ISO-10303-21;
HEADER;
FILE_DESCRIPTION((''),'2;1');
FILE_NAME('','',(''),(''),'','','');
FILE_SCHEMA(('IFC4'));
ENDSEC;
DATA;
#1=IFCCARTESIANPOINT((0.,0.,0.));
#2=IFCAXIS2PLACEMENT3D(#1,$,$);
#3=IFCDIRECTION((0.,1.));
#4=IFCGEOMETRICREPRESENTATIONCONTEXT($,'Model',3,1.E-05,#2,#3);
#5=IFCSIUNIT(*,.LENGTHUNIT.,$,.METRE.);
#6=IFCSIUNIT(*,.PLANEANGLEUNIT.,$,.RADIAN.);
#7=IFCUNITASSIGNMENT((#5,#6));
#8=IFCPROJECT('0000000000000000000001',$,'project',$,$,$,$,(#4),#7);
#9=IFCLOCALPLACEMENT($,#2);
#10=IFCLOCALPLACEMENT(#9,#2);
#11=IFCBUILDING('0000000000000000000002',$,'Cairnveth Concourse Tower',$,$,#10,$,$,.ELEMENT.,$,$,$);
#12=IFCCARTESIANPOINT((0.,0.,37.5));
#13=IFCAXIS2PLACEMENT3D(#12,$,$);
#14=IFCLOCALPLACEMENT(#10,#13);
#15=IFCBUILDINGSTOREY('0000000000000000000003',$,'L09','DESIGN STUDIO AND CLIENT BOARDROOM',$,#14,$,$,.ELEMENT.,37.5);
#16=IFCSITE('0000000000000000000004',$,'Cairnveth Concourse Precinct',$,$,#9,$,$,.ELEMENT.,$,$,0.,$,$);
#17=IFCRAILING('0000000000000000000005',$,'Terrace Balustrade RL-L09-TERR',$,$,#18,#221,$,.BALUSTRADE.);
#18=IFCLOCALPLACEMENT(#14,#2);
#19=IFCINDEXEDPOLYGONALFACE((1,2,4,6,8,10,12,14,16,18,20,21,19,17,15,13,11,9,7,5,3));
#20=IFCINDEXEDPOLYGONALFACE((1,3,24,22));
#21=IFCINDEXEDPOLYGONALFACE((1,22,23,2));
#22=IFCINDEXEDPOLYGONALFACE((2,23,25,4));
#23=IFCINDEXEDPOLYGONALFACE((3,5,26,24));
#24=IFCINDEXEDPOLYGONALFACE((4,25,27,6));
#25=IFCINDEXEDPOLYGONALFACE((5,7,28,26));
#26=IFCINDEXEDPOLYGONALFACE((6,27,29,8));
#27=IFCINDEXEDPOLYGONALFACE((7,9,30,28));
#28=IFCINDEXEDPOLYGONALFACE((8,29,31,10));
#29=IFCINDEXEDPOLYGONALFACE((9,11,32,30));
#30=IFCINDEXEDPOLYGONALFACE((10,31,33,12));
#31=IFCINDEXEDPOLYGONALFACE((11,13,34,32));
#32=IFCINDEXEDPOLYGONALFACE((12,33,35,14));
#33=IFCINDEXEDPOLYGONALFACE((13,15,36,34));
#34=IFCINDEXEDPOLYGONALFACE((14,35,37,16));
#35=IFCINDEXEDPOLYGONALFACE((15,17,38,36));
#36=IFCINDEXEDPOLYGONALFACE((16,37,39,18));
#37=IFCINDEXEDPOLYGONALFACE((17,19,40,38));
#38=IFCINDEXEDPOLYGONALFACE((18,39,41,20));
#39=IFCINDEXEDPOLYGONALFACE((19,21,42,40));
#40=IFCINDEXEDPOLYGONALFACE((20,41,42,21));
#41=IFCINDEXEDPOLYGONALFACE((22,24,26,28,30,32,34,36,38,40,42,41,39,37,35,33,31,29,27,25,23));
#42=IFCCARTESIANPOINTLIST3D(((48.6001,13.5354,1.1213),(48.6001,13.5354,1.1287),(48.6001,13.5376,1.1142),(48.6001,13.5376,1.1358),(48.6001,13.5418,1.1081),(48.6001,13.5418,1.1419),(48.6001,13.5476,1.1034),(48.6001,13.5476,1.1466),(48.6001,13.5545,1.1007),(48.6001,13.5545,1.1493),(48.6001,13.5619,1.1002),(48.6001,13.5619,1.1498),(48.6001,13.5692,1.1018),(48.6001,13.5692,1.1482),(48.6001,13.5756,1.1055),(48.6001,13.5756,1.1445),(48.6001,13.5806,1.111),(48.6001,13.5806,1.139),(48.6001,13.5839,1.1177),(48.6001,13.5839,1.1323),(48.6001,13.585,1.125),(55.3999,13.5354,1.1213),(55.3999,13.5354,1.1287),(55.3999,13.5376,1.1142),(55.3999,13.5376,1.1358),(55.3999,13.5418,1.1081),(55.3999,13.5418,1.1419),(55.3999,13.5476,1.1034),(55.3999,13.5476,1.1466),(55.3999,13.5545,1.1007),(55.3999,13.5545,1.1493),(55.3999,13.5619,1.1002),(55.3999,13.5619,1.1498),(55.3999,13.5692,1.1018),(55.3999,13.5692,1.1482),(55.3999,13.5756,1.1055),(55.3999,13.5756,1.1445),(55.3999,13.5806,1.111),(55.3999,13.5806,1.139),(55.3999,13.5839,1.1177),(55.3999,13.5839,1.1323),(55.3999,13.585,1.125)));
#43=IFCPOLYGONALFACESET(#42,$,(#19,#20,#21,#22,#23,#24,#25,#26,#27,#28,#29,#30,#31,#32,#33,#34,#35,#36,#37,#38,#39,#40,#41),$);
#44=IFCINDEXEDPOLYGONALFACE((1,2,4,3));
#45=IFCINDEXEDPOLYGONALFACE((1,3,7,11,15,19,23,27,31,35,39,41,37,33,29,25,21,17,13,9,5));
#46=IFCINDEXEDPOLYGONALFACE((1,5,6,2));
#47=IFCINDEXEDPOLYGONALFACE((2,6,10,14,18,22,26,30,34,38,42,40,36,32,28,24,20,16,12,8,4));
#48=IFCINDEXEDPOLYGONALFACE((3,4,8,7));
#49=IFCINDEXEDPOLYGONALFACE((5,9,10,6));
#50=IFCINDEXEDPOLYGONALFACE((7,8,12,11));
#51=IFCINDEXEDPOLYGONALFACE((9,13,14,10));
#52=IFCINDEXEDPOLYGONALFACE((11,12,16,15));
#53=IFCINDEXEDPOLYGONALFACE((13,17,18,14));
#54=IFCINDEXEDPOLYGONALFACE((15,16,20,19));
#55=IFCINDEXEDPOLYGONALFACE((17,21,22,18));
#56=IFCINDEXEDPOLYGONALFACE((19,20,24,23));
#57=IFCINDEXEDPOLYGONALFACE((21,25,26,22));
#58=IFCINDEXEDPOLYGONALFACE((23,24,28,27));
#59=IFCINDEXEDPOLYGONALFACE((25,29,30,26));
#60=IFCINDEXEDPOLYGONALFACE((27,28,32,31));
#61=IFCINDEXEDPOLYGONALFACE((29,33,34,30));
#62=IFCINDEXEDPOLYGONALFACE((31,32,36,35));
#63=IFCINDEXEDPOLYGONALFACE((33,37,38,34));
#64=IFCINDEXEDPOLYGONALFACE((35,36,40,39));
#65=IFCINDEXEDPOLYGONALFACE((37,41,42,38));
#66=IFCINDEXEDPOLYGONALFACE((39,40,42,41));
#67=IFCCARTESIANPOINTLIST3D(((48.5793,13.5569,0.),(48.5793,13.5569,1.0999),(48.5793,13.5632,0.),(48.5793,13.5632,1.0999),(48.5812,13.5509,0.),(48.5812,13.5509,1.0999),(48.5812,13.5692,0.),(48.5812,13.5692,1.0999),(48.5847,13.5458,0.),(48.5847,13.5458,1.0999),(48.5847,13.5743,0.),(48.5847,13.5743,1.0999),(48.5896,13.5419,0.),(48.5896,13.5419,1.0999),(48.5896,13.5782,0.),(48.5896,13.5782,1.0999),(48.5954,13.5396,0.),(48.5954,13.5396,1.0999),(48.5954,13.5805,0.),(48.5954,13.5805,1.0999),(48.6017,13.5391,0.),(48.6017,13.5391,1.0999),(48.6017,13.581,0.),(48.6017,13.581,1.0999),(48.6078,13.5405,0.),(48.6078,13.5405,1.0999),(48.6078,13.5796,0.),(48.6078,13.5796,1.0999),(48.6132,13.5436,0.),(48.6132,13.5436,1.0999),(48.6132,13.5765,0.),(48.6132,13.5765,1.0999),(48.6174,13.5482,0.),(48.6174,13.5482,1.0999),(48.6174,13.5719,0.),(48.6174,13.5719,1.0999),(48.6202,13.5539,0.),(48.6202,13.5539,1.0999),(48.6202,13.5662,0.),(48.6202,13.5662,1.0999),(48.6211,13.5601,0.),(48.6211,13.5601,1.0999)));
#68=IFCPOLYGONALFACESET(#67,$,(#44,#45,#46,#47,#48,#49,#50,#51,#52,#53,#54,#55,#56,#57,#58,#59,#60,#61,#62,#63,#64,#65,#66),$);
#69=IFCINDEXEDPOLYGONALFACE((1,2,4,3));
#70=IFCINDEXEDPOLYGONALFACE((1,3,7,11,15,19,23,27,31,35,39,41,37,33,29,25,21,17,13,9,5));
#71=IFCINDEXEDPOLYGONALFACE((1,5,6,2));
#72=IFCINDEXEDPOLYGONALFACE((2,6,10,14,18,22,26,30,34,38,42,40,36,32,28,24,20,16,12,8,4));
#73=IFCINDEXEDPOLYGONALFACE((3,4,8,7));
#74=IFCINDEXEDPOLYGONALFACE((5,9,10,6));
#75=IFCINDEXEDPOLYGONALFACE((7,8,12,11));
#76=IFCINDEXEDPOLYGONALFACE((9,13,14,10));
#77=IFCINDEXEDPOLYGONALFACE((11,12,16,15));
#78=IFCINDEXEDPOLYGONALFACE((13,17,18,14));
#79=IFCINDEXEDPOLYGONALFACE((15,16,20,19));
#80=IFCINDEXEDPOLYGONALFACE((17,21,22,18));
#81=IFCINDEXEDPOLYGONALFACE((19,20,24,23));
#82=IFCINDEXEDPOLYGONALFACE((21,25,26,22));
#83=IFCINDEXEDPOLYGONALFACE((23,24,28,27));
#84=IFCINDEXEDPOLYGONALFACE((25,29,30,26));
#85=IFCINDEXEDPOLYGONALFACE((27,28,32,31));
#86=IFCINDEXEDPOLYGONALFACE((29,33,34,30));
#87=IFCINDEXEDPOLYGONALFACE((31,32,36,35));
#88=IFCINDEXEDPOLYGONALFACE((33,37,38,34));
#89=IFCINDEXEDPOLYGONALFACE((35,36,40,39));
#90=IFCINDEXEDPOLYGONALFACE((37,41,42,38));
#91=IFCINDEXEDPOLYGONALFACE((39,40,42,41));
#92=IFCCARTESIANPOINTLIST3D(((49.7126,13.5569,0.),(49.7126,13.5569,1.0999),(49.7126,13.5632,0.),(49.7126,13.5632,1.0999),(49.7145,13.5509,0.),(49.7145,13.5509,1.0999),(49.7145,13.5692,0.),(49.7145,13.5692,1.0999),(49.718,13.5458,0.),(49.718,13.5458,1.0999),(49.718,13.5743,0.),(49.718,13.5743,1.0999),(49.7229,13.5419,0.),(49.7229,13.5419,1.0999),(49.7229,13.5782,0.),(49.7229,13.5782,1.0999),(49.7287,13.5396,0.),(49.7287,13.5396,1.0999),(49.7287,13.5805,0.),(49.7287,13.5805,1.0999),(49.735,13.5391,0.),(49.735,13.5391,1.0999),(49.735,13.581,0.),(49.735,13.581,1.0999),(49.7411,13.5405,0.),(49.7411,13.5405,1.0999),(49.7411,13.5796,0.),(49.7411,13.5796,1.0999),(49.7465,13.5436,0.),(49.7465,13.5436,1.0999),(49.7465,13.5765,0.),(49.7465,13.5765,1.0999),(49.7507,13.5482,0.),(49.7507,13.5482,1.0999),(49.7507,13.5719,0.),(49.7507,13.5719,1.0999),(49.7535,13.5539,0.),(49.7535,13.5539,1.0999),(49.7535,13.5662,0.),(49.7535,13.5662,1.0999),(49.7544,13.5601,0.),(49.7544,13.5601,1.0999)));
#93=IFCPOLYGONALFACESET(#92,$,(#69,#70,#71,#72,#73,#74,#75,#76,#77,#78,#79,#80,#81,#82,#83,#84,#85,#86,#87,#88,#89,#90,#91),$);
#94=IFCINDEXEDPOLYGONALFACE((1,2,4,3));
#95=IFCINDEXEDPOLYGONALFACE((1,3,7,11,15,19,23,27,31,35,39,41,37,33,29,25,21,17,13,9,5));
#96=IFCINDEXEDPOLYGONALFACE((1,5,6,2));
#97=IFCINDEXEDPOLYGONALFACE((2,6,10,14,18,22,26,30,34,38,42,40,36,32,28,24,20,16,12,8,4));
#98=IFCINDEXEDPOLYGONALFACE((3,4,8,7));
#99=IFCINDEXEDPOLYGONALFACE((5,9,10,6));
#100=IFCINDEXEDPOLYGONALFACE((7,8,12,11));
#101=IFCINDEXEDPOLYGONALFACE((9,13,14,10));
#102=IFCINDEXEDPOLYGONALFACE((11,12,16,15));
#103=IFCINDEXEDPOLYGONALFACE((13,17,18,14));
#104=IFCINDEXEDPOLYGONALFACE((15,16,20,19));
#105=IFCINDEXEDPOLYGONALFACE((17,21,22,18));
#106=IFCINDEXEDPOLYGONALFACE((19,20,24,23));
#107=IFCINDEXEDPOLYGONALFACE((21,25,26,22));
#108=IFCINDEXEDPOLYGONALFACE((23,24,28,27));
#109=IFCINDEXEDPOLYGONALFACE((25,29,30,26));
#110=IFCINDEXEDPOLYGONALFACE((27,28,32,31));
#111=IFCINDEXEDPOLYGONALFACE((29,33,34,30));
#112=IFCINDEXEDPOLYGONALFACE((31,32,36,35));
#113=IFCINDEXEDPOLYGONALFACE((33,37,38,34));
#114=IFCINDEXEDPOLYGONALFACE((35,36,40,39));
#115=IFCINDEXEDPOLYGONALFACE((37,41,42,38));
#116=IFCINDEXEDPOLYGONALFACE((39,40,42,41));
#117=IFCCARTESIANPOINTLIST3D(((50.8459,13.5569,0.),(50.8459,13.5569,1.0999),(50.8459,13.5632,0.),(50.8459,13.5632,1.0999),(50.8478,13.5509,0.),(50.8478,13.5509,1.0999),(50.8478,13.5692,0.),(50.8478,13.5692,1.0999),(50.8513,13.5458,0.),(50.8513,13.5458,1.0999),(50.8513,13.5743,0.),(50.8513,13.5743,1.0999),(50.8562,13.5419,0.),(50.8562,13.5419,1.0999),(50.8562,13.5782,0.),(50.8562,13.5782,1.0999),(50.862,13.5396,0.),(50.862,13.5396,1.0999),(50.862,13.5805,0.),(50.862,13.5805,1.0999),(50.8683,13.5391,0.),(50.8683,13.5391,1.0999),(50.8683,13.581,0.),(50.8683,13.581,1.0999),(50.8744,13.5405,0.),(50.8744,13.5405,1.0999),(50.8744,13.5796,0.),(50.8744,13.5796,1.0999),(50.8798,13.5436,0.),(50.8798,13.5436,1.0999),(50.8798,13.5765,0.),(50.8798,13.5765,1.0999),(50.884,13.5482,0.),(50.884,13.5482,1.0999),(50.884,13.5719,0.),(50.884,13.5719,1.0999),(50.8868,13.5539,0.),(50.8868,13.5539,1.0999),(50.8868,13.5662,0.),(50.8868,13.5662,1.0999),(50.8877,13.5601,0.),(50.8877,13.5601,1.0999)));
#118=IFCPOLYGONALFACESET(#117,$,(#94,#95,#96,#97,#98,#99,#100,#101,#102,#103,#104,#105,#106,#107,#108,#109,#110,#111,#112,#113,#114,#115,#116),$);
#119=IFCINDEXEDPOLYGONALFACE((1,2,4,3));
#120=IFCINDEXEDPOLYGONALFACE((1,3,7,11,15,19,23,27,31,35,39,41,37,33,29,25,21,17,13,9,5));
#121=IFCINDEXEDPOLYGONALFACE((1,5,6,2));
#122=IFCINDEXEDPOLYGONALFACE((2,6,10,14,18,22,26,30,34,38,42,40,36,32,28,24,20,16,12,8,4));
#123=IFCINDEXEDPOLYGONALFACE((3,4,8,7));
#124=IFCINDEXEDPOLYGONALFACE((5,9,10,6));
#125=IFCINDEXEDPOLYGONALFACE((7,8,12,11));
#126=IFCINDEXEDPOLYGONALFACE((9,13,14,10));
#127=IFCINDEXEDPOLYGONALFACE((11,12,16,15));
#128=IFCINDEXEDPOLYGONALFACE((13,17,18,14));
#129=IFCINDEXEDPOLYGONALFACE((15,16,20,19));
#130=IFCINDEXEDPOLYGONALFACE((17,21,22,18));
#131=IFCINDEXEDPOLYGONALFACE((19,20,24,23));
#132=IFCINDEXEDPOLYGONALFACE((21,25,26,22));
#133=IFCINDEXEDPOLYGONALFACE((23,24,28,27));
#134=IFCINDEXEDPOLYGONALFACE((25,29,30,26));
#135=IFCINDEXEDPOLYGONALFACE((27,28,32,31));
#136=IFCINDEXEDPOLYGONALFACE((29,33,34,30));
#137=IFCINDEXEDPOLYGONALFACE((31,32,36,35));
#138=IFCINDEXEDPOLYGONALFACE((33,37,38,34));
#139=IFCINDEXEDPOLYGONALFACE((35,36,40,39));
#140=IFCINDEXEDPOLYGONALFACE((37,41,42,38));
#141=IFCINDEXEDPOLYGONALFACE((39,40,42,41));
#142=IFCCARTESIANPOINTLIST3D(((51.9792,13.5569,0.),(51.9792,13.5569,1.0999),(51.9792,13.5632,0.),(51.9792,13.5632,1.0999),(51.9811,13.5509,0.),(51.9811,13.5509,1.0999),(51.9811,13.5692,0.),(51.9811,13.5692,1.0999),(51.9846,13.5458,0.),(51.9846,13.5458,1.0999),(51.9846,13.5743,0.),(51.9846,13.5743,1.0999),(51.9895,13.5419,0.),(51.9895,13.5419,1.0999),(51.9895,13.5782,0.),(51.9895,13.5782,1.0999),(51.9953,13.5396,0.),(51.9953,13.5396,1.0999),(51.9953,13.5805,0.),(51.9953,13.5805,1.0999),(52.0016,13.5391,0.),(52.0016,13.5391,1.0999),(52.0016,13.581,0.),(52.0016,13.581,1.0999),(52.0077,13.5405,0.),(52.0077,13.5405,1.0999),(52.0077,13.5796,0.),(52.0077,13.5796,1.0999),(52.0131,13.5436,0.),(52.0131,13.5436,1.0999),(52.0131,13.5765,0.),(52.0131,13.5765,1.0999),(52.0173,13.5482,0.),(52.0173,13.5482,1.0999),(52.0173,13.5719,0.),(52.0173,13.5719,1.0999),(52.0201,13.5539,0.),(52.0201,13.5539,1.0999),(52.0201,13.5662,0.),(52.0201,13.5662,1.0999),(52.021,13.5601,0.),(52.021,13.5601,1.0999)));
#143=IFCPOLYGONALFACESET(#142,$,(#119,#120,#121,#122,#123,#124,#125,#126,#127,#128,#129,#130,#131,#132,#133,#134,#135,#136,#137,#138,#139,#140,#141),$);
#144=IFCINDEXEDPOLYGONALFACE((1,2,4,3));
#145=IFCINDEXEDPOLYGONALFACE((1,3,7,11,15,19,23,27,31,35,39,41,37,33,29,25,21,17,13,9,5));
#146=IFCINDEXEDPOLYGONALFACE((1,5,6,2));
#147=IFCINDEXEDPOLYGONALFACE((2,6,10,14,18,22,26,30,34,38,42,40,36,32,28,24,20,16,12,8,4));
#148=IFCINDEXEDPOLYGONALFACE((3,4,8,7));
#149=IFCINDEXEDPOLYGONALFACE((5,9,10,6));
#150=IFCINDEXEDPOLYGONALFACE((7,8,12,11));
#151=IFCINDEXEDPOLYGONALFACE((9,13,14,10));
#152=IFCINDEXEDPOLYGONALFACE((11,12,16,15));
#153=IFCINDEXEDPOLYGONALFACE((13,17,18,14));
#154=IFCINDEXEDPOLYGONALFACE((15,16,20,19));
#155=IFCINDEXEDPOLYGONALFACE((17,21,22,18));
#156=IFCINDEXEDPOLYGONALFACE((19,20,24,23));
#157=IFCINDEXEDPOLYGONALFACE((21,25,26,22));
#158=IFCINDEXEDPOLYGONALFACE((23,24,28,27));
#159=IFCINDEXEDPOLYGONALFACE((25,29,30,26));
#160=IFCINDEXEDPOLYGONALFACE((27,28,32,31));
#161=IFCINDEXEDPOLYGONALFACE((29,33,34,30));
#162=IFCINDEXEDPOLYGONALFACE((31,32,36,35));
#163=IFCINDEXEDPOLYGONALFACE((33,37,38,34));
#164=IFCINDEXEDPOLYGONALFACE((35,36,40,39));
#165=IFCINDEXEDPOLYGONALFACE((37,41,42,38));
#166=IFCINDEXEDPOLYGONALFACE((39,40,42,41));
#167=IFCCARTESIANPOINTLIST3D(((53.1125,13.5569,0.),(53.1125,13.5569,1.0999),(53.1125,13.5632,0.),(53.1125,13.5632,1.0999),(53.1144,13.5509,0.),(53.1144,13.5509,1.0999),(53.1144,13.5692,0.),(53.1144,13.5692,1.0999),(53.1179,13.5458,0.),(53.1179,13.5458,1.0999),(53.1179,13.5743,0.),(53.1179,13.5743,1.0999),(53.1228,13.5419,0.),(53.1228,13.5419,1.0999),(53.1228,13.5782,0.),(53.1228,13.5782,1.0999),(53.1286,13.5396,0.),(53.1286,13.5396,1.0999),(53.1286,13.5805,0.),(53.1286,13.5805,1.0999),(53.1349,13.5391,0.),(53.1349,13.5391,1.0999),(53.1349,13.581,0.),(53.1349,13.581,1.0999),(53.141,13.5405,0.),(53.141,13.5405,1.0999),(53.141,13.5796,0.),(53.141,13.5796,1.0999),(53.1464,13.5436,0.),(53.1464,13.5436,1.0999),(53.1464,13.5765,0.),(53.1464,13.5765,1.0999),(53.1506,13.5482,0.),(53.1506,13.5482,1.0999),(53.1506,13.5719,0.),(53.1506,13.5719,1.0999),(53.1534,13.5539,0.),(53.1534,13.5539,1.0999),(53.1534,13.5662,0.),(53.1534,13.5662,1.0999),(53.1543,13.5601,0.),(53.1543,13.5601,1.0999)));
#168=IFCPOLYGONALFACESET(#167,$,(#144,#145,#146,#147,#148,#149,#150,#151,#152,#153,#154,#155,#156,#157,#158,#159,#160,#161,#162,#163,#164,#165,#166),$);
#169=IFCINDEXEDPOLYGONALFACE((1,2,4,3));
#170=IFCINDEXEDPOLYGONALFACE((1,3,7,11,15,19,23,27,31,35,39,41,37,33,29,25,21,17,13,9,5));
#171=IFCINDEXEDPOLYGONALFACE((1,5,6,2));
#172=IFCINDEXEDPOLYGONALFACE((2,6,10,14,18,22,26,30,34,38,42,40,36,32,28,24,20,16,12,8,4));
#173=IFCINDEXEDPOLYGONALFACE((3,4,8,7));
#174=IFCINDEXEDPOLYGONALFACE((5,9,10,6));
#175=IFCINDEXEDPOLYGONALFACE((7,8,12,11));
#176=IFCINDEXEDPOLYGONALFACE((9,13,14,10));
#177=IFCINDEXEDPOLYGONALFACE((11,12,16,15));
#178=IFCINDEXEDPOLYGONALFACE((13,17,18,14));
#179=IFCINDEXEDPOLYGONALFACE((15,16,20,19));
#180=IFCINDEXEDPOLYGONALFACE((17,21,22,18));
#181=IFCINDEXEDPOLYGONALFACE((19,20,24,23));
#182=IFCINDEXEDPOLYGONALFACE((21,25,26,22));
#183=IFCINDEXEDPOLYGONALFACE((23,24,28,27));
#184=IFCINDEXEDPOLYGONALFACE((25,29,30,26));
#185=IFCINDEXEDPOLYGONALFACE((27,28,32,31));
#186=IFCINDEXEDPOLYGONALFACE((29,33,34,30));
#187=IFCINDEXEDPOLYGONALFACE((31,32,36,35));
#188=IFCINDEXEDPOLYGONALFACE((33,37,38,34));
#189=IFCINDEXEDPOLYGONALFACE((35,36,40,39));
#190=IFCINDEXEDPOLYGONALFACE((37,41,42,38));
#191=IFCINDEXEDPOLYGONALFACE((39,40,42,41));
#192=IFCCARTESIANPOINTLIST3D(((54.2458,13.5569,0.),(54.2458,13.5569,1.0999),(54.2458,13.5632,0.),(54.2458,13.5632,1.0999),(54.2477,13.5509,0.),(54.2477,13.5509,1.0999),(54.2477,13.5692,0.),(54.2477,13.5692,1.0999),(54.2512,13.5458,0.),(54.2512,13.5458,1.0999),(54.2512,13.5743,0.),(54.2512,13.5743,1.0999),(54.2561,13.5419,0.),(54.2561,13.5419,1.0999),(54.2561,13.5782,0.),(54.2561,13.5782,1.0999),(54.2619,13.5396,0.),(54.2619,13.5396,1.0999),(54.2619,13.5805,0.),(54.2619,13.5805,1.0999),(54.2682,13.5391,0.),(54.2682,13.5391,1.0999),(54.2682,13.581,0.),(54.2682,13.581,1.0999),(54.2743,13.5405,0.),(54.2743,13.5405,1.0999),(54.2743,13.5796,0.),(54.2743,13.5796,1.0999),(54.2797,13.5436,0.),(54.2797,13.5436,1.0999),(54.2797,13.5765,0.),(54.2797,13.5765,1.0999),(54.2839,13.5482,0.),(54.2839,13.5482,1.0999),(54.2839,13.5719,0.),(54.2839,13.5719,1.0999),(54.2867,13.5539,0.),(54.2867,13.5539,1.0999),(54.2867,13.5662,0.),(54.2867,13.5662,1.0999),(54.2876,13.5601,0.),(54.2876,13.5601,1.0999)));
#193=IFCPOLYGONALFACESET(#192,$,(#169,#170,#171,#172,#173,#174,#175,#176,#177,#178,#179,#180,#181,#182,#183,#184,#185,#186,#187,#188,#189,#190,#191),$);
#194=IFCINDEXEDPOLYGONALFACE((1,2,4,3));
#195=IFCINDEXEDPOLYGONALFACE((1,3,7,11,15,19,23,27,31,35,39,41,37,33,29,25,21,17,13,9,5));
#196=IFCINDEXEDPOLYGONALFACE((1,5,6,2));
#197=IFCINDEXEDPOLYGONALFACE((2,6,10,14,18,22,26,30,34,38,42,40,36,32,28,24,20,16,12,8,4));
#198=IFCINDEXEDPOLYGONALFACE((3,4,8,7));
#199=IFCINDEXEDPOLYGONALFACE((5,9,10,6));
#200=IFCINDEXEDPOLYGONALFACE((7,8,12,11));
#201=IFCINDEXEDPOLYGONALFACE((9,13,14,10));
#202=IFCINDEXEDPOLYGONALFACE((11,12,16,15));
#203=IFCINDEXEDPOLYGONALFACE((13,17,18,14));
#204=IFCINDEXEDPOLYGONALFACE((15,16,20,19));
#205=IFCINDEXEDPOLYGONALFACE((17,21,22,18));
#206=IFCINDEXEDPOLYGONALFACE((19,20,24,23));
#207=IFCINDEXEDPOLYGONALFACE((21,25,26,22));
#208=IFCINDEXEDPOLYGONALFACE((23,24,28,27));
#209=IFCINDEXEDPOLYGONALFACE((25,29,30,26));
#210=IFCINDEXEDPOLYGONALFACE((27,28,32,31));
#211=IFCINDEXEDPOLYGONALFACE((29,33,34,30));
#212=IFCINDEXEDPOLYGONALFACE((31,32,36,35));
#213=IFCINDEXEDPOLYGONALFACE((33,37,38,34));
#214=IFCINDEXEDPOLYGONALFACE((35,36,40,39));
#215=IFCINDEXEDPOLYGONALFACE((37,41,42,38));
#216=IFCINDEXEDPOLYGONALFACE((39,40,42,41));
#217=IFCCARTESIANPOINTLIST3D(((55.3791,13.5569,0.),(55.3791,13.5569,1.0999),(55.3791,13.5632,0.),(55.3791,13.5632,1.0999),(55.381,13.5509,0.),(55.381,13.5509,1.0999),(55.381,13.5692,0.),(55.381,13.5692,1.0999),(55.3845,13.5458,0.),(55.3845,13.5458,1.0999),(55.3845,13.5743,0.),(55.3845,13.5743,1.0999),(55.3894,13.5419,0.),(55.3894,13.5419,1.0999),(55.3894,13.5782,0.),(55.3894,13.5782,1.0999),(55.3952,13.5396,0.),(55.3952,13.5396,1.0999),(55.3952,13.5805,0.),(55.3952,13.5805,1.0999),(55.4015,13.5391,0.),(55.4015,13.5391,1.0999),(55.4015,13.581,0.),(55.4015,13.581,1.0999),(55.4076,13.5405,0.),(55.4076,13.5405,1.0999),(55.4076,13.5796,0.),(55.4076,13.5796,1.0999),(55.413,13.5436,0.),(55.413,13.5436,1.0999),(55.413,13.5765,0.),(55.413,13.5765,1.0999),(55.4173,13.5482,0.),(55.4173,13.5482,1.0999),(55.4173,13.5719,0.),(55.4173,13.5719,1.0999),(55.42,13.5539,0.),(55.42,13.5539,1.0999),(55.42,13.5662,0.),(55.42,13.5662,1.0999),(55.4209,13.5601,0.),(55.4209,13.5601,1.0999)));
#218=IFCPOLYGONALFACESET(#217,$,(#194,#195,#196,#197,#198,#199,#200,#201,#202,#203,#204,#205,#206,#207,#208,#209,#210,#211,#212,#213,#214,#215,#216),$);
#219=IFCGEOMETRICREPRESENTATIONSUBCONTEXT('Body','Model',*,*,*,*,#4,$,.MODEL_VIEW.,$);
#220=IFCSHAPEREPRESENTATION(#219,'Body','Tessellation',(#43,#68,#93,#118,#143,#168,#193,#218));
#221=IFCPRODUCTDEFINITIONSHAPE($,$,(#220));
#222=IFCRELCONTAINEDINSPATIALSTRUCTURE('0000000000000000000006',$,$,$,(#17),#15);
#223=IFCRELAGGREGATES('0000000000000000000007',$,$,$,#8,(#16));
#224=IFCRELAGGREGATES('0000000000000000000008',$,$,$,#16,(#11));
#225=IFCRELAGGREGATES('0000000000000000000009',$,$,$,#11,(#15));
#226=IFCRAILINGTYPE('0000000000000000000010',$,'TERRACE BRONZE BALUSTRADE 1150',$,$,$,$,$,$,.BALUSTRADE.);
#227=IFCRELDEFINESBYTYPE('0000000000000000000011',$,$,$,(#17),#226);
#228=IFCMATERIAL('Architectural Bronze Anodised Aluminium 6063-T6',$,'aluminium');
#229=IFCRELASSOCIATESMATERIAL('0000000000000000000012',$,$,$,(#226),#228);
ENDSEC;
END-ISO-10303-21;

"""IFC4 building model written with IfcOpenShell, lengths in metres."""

from ifc_helpers import new_model, si_unit, direction, frame, origin, origin_2d, place, context, subcontext, project, spatial, circle, extrude, material, type_object, element, save


model = new_model("IFC4")

# Units and contexts
model_context = context("Model", 3, precision=1e-05, world=origin(), true_north=direction((0.0, 1.0)))
body_context = subcontext(model_context, "Body", "Model", "MODEL_VIEW")
ifc_project = project(units=[si_unit("LENGTHUNIT", "METRE"), si_unit("PLANEANGLEUNIT", "RADIAN")], contexts=[model_context])

# Site, building, storey
site_placement = place(None, origin())
site = spatial("IfcSite", under=ifc_project, at=site_placement, Name="Cairnveth Concourse Precinct", CompositionType="ELEMENT", RefElevation=0.0)
building_placement = place(site_placement, origin())
building = spatial("IfcBuilding", under=site, at=building_placement, Name="Cairnveth Concourse Tower", CompositionType="ELEMENT")
storey_placement = place(building_placement, frame((0.0, 0.0, 37.5)))
storey = spatial("IfcBuildingStorey", under=building, at=storey_placement, Name="L09", Description="DESIGN STUDIO AND CLIENT BOARDROOM", CompositionType="ELEMENT", Elevation=37.5)

# Shared definitions
ifc_material_1 = material(Name="Architectural Bronze Anodised Aluminium 6063-T6", Category="aluminium")

# Railing
railing_type = type_object("IfcRailingType", Name="TERRACE BRONZE BALUSTRADE 1150", PredefinedType="BALUSTRADE", material=ifc_material_1)
railing_placement = place(storey_placement, frame((48.6001, 13.5601, 0.0)))
element("IfcRailing", 1, at=railing_placement, inside=storey, type_object=railing_type, Name="Terrace Balustrade RL-L09-TERR", PredefinedType="BALUSTRADE", context=body_context, shape_type="SweptSolid", body=[
    extrude(circle(Radius=0.0249, at=origin_2d()), frame((0.0, 0.0, 1.125), z_axis=(1.0, 0.0, 0.0), x_axis=(0.0, 1.0, 0.0)), (0.0, 0.0, 1.0), 6.7998),
    extrude(circle(Radius=0.021, at=origin_2d()), origin(), (0.0, 0.0, 1.0), 1.0999),
    extrude(circle(Radius=0.021, at=origin_2d()), frame((1.1333, 0.0, 0.0)), (0.0, 0.0, 1.0), 1.0999),
    extrude(circle(Radius=0.021, at=origin_2d()), frame((2.2666, 0.0, 0.0)), (0.0, 0.0, 1.0), 1.0999),
    extrude(circle(Radius=0.021, at=origin_2d()), frame((3.3999, 0.0, 0.0)), (0.0, 0.0, 1.0), 1.0999),
    extrude(circle(Radius=0.021, at=origin_2d()), frame((4.5332, 0.0, 0.0)), (0.0, 0.0, 1.0), 1.0999),
    extrude(circle(Radius=0.021, at=origin_2d()), frame((5.6665, 0.0, 0.0)), (0.0, 0.0, 1.0), 1.0999),
    extrude(circle(Radius=0.021, at=origin_2d()), frame((6.7998, 0.0, 0.0)), (0.0, 0.0, 1.0), 1.0999),
])

save(model, "model.ifc")
